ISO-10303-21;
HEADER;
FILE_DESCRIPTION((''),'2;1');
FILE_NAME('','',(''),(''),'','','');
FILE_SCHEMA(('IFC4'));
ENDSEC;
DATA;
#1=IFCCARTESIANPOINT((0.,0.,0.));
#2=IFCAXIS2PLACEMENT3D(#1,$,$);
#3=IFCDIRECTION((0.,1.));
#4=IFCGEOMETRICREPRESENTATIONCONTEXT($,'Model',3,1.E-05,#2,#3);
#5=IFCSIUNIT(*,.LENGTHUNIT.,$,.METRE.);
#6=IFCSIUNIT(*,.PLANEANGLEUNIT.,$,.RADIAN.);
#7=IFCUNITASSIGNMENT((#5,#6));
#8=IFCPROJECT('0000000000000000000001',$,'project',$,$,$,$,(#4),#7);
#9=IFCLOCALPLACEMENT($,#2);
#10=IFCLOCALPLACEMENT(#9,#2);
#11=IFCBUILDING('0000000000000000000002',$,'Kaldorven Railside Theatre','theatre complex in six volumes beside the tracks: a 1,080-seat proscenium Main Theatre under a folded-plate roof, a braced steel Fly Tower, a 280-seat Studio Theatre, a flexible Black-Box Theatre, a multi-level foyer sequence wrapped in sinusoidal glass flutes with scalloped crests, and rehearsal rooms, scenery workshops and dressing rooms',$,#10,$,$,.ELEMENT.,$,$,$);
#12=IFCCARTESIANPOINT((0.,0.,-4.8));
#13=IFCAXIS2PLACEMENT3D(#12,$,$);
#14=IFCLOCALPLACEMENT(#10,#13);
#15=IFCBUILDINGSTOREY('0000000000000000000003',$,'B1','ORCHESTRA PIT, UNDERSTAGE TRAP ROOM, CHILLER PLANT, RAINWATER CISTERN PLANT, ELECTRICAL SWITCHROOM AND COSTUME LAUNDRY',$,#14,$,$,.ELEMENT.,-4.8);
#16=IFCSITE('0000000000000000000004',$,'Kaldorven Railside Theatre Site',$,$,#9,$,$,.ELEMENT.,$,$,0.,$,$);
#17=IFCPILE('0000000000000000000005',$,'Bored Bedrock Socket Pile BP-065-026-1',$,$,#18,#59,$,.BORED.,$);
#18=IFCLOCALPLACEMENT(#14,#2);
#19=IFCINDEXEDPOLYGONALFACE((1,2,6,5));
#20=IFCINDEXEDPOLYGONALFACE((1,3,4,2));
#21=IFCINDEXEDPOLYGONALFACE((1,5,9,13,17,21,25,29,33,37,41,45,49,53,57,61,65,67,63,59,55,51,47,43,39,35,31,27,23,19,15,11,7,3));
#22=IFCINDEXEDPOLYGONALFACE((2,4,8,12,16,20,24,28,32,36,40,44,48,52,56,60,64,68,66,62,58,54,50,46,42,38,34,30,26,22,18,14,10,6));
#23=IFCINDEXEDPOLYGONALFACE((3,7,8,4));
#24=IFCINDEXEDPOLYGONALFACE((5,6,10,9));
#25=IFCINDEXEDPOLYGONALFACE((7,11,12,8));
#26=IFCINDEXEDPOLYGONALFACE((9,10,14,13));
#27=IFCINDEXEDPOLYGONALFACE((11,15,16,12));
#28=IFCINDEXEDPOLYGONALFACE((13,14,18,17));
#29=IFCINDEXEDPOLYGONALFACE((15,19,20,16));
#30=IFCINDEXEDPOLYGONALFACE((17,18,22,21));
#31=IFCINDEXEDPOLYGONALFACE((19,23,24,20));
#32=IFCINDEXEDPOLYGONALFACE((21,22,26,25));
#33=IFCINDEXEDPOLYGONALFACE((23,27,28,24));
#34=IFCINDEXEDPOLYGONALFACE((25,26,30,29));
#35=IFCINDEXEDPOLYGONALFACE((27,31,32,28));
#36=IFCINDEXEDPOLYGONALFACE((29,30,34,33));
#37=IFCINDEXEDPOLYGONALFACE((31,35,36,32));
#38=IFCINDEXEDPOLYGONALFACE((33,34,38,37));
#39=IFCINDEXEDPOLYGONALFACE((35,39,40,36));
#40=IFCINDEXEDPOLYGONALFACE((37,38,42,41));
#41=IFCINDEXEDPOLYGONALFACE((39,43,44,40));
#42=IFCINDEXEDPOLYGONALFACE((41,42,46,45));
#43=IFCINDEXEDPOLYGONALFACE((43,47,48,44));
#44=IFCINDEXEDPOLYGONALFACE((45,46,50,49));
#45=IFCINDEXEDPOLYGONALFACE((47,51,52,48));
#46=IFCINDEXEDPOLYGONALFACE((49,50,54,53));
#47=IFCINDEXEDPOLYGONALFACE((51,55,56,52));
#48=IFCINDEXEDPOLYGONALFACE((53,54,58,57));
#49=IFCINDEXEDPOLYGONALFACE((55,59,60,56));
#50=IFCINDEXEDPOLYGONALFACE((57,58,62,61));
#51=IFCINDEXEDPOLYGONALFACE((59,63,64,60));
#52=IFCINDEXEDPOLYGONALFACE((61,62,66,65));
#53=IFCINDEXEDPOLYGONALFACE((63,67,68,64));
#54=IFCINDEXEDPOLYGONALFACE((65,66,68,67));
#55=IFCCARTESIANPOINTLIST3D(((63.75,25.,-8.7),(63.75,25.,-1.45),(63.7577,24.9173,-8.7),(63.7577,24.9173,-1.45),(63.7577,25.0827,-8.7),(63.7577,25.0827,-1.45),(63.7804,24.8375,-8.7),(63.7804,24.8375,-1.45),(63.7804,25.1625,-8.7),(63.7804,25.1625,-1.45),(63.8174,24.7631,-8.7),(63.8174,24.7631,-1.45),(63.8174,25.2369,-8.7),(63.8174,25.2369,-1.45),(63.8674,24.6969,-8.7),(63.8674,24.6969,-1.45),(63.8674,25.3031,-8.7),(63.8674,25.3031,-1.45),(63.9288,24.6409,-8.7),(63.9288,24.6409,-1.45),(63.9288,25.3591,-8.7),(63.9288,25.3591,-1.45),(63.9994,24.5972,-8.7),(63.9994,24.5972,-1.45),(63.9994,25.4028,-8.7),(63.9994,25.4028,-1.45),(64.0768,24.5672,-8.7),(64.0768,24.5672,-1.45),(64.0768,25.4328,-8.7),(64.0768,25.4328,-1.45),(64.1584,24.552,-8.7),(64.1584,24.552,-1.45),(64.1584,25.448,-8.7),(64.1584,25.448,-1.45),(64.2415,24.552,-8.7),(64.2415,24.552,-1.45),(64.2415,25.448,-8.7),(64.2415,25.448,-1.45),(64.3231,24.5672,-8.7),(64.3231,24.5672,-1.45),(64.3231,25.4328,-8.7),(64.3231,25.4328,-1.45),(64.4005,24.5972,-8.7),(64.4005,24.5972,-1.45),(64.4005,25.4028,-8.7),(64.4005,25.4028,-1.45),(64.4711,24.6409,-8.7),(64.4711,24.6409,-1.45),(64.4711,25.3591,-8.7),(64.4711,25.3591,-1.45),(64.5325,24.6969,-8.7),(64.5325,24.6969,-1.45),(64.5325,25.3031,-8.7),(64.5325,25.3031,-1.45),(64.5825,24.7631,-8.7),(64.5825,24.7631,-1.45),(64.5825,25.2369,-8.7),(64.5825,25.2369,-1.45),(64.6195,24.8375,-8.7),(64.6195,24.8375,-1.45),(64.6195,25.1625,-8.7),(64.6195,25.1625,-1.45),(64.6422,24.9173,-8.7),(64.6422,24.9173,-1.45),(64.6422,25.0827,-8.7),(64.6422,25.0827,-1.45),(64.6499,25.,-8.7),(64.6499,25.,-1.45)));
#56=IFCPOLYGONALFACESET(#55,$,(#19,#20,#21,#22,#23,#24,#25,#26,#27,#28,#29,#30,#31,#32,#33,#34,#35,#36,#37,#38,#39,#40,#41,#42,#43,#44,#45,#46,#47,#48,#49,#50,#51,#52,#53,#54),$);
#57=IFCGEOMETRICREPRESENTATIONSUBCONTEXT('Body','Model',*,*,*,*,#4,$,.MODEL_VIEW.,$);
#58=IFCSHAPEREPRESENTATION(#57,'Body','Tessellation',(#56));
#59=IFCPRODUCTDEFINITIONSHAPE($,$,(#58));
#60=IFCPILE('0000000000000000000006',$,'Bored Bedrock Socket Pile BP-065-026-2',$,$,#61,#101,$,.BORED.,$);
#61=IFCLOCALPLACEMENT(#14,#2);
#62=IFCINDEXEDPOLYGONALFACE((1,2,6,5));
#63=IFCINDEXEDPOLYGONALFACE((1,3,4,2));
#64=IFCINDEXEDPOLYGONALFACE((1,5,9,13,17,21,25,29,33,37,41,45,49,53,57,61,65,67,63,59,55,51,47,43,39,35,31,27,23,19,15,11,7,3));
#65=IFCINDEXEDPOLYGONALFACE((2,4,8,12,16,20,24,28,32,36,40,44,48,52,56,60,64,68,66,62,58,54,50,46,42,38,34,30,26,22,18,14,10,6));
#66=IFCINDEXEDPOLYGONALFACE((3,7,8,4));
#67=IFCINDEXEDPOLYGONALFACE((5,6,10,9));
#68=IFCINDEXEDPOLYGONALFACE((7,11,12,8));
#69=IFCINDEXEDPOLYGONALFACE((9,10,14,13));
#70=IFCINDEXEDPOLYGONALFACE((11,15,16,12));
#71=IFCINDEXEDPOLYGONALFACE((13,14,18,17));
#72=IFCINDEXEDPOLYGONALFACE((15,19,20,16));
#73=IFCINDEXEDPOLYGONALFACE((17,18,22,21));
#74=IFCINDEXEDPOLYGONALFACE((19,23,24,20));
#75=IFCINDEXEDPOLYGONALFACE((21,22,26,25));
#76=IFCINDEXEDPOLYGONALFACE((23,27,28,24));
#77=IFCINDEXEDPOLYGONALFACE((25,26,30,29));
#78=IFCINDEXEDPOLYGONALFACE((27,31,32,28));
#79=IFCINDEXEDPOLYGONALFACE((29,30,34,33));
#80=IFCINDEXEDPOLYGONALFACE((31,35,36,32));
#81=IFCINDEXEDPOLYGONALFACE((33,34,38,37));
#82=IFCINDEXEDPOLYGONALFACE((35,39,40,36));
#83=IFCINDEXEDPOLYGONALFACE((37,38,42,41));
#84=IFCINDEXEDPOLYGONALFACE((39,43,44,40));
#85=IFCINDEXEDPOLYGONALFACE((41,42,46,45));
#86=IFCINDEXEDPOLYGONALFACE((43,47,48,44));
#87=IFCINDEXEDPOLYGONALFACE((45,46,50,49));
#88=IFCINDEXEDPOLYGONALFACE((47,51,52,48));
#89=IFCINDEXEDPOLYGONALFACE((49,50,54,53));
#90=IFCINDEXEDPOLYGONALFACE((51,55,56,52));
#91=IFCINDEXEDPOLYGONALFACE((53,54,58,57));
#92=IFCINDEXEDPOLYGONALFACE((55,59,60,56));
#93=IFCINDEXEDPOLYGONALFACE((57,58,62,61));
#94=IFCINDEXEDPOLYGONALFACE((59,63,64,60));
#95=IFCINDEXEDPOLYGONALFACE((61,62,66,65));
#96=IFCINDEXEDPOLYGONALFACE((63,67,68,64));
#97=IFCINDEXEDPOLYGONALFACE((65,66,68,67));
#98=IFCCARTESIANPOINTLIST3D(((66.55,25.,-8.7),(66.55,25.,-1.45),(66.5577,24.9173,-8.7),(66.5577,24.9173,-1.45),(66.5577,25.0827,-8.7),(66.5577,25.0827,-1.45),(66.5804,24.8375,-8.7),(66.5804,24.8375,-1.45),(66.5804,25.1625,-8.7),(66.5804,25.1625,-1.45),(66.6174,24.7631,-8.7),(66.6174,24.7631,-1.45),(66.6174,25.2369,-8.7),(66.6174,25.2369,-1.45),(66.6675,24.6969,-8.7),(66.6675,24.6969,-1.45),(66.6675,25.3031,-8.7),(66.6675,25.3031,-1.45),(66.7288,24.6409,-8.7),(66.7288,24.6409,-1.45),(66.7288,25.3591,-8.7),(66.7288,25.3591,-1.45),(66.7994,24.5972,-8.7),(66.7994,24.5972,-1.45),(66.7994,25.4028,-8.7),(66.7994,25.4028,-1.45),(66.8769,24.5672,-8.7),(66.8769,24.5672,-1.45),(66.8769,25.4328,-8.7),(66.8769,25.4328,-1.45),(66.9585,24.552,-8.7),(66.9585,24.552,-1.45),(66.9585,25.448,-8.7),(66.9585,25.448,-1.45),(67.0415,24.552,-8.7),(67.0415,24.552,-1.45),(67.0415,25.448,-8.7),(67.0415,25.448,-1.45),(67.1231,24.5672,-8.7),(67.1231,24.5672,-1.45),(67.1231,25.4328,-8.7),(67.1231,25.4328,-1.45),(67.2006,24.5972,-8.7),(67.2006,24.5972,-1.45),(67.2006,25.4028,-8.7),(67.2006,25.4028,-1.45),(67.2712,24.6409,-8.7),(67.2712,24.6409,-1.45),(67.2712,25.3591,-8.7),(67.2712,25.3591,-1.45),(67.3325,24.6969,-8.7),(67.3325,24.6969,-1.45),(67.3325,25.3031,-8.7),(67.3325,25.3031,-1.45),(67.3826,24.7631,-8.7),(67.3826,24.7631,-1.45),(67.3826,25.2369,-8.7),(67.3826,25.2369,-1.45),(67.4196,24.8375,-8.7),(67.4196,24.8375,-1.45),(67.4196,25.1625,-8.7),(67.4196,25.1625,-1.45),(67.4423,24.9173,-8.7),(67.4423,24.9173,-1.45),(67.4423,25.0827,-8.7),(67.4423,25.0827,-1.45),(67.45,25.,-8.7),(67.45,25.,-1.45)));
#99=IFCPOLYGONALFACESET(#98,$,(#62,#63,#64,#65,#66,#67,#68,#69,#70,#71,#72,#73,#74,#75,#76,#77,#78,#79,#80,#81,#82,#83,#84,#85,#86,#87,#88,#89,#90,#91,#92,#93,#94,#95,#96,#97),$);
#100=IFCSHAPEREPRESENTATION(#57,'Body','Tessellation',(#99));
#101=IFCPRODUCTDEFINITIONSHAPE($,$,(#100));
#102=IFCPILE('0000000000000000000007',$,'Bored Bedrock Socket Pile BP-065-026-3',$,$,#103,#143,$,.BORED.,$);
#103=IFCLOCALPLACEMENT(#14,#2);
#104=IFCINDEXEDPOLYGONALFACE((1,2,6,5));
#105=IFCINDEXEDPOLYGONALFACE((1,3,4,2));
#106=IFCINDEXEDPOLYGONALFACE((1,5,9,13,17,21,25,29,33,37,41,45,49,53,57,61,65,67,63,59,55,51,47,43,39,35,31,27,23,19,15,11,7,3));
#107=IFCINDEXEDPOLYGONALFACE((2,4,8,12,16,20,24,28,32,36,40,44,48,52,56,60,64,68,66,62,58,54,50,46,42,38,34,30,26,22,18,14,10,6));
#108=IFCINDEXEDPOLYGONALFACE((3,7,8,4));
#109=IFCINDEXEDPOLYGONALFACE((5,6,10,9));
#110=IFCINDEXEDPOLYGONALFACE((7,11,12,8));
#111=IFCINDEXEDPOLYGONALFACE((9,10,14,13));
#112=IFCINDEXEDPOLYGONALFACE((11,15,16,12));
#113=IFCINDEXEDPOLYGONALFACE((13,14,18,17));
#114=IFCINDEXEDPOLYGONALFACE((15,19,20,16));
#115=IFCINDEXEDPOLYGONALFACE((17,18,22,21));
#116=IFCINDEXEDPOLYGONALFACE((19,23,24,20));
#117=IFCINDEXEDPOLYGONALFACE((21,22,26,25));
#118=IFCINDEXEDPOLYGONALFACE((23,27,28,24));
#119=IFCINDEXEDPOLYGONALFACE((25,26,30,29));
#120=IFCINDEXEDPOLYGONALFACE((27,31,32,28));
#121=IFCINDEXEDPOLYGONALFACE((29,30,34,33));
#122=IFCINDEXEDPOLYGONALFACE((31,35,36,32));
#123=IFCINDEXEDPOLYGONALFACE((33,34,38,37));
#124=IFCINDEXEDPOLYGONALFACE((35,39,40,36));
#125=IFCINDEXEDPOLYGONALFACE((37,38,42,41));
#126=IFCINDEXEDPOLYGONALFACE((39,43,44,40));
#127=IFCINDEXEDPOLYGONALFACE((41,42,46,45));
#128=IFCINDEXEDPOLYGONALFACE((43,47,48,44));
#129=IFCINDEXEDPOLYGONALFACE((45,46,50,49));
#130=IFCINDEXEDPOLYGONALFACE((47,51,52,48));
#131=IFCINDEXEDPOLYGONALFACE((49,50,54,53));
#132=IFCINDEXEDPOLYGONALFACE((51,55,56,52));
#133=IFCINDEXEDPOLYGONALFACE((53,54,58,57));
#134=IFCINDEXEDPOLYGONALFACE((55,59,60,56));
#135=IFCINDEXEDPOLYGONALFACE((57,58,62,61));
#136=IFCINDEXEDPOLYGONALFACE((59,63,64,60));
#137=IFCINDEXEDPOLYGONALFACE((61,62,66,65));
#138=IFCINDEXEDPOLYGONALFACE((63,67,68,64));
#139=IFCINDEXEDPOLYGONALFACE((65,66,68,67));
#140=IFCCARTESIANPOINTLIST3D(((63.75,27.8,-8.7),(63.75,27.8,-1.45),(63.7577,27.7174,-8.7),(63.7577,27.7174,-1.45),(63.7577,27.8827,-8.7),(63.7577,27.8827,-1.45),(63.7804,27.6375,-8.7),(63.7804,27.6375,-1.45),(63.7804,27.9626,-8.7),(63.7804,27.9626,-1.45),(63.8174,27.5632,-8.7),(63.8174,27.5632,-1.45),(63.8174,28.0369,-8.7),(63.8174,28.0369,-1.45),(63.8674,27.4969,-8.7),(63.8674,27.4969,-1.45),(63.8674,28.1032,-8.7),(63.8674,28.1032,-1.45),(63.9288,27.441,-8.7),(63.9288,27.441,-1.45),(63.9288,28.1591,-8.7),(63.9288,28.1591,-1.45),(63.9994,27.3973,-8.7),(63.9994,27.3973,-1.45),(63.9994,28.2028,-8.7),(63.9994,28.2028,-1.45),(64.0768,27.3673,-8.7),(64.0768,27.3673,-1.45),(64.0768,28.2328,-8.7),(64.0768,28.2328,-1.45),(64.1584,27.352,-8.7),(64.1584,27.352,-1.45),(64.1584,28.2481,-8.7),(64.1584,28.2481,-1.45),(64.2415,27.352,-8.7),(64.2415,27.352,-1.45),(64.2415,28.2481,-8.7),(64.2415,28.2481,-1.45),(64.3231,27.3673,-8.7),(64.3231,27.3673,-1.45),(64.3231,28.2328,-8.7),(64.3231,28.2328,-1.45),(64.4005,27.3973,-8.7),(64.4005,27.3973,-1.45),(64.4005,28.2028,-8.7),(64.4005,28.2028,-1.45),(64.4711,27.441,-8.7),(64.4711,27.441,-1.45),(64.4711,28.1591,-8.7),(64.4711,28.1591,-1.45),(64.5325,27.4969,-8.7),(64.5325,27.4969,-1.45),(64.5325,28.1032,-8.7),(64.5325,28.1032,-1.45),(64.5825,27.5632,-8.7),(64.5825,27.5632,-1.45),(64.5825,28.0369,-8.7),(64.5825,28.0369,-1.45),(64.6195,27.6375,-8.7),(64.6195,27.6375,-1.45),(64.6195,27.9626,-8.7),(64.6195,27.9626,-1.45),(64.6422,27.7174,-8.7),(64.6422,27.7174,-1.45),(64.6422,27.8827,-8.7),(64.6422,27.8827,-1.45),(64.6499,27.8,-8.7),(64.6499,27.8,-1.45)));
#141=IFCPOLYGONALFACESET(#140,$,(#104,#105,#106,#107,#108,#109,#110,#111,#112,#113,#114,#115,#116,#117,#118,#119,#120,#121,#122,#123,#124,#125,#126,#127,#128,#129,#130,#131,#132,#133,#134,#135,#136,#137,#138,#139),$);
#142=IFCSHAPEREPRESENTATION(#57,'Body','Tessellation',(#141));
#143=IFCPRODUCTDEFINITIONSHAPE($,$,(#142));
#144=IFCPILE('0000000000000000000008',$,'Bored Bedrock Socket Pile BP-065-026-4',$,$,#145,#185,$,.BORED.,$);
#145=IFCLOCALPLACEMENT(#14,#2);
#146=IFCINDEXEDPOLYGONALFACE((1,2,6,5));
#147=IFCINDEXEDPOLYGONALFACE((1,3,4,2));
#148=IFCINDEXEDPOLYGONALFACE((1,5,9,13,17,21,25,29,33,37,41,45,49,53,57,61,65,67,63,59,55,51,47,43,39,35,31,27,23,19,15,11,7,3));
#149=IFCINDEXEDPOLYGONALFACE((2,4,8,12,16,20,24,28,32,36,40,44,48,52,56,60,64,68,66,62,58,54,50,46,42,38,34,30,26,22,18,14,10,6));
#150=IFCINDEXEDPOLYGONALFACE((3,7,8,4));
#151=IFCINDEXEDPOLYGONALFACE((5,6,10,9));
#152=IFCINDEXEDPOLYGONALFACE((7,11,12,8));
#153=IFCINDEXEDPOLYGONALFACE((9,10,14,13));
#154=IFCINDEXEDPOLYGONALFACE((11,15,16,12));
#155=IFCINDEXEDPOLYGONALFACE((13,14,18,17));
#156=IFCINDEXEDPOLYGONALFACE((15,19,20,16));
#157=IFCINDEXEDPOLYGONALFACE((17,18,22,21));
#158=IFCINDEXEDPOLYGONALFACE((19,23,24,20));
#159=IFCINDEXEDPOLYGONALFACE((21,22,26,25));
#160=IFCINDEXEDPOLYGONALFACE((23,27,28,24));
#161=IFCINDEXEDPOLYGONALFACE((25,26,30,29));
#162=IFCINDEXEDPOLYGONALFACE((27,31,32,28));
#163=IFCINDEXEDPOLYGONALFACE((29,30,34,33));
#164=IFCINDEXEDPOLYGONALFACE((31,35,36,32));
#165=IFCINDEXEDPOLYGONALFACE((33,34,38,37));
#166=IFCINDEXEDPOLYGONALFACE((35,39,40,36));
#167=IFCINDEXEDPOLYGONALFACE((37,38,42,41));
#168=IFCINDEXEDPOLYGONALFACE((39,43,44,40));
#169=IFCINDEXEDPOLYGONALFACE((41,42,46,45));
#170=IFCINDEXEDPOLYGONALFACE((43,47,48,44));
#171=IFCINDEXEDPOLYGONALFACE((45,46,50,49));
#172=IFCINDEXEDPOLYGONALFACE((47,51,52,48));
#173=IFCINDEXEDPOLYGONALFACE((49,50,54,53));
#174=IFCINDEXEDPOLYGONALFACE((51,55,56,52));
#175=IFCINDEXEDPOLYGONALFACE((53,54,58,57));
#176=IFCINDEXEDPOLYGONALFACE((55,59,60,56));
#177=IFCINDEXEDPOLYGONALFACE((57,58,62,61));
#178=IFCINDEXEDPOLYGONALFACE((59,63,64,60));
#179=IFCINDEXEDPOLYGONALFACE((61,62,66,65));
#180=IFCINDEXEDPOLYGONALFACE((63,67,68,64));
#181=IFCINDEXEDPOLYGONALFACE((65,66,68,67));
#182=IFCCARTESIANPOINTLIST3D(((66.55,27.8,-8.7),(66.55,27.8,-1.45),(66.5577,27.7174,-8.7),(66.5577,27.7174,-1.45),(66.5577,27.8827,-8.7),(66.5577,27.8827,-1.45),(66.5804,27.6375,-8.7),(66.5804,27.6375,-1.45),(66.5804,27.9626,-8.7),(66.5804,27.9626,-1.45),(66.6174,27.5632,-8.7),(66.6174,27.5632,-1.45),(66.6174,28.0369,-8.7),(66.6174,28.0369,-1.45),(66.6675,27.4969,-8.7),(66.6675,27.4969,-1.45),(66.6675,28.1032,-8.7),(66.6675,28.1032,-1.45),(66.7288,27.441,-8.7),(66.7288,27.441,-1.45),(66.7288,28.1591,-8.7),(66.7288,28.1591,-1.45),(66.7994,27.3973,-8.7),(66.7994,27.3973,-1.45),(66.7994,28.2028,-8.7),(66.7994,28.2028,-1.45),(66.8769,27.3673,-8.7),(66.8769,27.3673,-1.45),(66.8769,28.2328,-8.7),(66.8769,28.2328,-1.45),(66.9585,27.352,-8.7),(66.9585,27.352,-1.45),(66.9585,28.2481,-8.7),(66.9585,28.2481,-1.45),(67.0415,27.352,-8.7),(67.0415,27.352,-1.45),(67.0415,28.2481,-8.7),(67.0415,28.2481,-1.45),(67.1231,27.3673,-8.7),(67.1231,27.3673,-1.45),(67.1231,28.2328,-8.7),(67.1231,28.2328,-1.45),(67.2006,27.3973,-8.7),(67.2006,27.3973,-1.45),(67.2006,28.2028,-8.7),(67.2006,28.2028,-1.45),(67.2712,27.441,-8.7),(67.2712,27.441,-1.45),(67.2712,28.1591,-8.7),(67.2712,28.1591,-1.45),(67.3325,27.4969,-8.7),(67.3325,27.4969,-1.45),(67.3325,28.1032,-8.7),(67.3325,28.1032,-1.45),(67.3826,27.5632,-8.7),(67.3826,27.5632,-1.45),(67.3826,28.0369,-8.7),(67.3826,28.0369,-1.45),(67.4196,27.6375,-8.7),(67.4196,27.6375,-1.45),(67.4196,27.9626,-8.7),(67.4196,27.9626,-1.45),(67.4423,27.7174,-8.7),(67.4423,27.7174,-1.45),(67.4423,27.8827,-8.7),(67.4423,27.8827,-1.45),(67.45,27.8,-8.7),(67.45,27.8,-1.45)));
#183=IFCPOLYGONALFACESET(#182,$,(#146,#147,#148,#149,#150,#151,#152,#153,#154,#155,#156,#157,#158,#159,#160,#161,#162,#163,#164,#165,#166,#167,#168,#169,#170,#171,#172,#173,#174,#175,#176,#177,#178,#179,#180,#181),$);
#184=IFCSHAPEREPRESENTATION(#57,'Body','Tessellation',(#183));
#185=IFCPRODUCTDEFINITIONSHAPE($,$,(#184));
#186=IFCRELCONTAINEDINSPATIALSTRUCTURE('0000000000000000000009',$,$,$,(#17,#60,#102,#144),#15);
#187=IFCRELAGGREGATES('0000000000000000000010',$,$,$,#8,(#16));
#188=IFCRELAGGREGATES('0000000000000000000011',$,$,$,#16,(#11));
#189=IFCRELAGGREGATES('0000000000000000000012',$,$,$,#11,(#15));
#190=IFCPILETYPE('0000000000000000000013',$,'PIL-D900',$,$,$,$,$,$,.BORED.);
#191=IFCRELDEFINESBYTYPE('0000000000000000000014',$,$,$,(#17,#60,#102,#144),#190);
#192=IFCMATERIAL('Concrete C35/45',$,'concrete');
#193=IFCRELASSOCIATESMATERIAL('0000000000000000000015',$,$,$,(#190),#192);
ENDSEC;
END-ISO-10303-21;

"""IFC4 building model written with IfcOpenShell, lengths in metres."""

from ifc_helpers import new_model, si_unit, direction, frame, origin, origin_2d, place, context, subcontext, project, spatial, circle, extrude, material, material_profile, profile_set, type_object, element, save


model = new_model("IFC4")

# Units and contexts
model_context = context("Model", 3, precision=1e-05, world=origin(), true_north=direction((0.0, 1.0)))
body_context = subcontext(model_context, "Body", "Model", "MODEL_VIEW")
ifc_project = project(units=[si_unit("LENGTHUNIT", "METRE"), si_unit("PLANEANGLEUNIT", "RADIAN")], contexts=[model_context])

# Site, building, storey
site_placement = place(None, origin())
site = spatial("IfcSite", under=ifc_project, at=site_placement, Name="Kaldorven Railside Theatre Site", CompositionType="ELEMENT", RefElevation=0.0)
building_placement = place(site_placement, origin())
building = spatial("IfcBuilding", under=site, at=building_placement, Name="Kaldorven Railside Theatre", Description="theatre complex in six volumes beside the tracks: a 1,080-seat proscenium Main Theatre under a folded-plate roof, a braced steel Fly Tower, a 280-seat Studio Theatre, a flexible Black-Box Theatre, a multi-level foyer sequence wrapped in sinusoidal glass flutes with scalloped crests, and rehearsal rooms, scenery workshops and dressing rooms", CompositionType="ELEMENT")
storey_placement = place(building_placement, frame((0.0, 0.0, -4.8)))
storey = spatial("IfcBuildingStorey", under=building, at=storey_placement, Name="B1", Description="ORCHESTRA PIT, UNDERSTAGE TRAP ROOM, CHILLER PLANT, RAINWATER CISTERN PLANT, ELECTRICAL SWITCHROOM AND COSTUME LAUNDRY", CompositionType="ELEMENT", Elevation=-4.8)

# Piles
ifc_material_1 = material(Name="Concrete C35/45", Category="concrete")
ifc_material_profile_1 = material_profile(ifc_material_1, circle(Radius=0.45, at=origin_2d()), Name="BP D900")
ifc_profile_set_1 = profile_set([ifc_material_profile_1], Name="Concrete C35/45")
pile_type_1 = type_object("IfcPileType", Name="PIL-D900", PredefinedType="BORED", material=ifc_profile_set_1)
for number, where, z_axis, x_axis, name in (
    (1, (64.2, 25.0, -1.45), (0.0, 0.0, -1.0), (1.0, 0.0, 0.0), "Bored Bedrock Socket Pile BP-065-026-1"),
    (2, (67.0, 25.0, -1.45), (0.0, 0.0, -1.0), (1.0, 0.0, 0.0), "Bored Bedrock Socket Pile BP-065-026-2"),
    (3, (64.2, 27.8, -1.45), (0.0, 0.0, -1.0), (1.0, 0.0, 0.0), "Bored Bedrock Socket Pile BP-065-026-3"),
    (4, (67.0, 27.8, -1.45), (0.0, 0.0, -1.0), (1.0, 0.0, 0.0), "Bored Bedrock Socket Pile BP-065-026-4"),
):
    element("IfcPile", number, at=place(storey_placement, frame(where, z_axis=z_axis, x_axis=x_axis)), inside=storey, type_object=pile_type_1, Name=name, PredefinedType="BORED", context=body_context, shape_type="SweptSolid", body=[
        extrude(circle(Radius=0.45, at=origin_2d()), origin(), (0.0, 0.0, 1.0), 7.25),
    ])

save(model, "model.ifc")
